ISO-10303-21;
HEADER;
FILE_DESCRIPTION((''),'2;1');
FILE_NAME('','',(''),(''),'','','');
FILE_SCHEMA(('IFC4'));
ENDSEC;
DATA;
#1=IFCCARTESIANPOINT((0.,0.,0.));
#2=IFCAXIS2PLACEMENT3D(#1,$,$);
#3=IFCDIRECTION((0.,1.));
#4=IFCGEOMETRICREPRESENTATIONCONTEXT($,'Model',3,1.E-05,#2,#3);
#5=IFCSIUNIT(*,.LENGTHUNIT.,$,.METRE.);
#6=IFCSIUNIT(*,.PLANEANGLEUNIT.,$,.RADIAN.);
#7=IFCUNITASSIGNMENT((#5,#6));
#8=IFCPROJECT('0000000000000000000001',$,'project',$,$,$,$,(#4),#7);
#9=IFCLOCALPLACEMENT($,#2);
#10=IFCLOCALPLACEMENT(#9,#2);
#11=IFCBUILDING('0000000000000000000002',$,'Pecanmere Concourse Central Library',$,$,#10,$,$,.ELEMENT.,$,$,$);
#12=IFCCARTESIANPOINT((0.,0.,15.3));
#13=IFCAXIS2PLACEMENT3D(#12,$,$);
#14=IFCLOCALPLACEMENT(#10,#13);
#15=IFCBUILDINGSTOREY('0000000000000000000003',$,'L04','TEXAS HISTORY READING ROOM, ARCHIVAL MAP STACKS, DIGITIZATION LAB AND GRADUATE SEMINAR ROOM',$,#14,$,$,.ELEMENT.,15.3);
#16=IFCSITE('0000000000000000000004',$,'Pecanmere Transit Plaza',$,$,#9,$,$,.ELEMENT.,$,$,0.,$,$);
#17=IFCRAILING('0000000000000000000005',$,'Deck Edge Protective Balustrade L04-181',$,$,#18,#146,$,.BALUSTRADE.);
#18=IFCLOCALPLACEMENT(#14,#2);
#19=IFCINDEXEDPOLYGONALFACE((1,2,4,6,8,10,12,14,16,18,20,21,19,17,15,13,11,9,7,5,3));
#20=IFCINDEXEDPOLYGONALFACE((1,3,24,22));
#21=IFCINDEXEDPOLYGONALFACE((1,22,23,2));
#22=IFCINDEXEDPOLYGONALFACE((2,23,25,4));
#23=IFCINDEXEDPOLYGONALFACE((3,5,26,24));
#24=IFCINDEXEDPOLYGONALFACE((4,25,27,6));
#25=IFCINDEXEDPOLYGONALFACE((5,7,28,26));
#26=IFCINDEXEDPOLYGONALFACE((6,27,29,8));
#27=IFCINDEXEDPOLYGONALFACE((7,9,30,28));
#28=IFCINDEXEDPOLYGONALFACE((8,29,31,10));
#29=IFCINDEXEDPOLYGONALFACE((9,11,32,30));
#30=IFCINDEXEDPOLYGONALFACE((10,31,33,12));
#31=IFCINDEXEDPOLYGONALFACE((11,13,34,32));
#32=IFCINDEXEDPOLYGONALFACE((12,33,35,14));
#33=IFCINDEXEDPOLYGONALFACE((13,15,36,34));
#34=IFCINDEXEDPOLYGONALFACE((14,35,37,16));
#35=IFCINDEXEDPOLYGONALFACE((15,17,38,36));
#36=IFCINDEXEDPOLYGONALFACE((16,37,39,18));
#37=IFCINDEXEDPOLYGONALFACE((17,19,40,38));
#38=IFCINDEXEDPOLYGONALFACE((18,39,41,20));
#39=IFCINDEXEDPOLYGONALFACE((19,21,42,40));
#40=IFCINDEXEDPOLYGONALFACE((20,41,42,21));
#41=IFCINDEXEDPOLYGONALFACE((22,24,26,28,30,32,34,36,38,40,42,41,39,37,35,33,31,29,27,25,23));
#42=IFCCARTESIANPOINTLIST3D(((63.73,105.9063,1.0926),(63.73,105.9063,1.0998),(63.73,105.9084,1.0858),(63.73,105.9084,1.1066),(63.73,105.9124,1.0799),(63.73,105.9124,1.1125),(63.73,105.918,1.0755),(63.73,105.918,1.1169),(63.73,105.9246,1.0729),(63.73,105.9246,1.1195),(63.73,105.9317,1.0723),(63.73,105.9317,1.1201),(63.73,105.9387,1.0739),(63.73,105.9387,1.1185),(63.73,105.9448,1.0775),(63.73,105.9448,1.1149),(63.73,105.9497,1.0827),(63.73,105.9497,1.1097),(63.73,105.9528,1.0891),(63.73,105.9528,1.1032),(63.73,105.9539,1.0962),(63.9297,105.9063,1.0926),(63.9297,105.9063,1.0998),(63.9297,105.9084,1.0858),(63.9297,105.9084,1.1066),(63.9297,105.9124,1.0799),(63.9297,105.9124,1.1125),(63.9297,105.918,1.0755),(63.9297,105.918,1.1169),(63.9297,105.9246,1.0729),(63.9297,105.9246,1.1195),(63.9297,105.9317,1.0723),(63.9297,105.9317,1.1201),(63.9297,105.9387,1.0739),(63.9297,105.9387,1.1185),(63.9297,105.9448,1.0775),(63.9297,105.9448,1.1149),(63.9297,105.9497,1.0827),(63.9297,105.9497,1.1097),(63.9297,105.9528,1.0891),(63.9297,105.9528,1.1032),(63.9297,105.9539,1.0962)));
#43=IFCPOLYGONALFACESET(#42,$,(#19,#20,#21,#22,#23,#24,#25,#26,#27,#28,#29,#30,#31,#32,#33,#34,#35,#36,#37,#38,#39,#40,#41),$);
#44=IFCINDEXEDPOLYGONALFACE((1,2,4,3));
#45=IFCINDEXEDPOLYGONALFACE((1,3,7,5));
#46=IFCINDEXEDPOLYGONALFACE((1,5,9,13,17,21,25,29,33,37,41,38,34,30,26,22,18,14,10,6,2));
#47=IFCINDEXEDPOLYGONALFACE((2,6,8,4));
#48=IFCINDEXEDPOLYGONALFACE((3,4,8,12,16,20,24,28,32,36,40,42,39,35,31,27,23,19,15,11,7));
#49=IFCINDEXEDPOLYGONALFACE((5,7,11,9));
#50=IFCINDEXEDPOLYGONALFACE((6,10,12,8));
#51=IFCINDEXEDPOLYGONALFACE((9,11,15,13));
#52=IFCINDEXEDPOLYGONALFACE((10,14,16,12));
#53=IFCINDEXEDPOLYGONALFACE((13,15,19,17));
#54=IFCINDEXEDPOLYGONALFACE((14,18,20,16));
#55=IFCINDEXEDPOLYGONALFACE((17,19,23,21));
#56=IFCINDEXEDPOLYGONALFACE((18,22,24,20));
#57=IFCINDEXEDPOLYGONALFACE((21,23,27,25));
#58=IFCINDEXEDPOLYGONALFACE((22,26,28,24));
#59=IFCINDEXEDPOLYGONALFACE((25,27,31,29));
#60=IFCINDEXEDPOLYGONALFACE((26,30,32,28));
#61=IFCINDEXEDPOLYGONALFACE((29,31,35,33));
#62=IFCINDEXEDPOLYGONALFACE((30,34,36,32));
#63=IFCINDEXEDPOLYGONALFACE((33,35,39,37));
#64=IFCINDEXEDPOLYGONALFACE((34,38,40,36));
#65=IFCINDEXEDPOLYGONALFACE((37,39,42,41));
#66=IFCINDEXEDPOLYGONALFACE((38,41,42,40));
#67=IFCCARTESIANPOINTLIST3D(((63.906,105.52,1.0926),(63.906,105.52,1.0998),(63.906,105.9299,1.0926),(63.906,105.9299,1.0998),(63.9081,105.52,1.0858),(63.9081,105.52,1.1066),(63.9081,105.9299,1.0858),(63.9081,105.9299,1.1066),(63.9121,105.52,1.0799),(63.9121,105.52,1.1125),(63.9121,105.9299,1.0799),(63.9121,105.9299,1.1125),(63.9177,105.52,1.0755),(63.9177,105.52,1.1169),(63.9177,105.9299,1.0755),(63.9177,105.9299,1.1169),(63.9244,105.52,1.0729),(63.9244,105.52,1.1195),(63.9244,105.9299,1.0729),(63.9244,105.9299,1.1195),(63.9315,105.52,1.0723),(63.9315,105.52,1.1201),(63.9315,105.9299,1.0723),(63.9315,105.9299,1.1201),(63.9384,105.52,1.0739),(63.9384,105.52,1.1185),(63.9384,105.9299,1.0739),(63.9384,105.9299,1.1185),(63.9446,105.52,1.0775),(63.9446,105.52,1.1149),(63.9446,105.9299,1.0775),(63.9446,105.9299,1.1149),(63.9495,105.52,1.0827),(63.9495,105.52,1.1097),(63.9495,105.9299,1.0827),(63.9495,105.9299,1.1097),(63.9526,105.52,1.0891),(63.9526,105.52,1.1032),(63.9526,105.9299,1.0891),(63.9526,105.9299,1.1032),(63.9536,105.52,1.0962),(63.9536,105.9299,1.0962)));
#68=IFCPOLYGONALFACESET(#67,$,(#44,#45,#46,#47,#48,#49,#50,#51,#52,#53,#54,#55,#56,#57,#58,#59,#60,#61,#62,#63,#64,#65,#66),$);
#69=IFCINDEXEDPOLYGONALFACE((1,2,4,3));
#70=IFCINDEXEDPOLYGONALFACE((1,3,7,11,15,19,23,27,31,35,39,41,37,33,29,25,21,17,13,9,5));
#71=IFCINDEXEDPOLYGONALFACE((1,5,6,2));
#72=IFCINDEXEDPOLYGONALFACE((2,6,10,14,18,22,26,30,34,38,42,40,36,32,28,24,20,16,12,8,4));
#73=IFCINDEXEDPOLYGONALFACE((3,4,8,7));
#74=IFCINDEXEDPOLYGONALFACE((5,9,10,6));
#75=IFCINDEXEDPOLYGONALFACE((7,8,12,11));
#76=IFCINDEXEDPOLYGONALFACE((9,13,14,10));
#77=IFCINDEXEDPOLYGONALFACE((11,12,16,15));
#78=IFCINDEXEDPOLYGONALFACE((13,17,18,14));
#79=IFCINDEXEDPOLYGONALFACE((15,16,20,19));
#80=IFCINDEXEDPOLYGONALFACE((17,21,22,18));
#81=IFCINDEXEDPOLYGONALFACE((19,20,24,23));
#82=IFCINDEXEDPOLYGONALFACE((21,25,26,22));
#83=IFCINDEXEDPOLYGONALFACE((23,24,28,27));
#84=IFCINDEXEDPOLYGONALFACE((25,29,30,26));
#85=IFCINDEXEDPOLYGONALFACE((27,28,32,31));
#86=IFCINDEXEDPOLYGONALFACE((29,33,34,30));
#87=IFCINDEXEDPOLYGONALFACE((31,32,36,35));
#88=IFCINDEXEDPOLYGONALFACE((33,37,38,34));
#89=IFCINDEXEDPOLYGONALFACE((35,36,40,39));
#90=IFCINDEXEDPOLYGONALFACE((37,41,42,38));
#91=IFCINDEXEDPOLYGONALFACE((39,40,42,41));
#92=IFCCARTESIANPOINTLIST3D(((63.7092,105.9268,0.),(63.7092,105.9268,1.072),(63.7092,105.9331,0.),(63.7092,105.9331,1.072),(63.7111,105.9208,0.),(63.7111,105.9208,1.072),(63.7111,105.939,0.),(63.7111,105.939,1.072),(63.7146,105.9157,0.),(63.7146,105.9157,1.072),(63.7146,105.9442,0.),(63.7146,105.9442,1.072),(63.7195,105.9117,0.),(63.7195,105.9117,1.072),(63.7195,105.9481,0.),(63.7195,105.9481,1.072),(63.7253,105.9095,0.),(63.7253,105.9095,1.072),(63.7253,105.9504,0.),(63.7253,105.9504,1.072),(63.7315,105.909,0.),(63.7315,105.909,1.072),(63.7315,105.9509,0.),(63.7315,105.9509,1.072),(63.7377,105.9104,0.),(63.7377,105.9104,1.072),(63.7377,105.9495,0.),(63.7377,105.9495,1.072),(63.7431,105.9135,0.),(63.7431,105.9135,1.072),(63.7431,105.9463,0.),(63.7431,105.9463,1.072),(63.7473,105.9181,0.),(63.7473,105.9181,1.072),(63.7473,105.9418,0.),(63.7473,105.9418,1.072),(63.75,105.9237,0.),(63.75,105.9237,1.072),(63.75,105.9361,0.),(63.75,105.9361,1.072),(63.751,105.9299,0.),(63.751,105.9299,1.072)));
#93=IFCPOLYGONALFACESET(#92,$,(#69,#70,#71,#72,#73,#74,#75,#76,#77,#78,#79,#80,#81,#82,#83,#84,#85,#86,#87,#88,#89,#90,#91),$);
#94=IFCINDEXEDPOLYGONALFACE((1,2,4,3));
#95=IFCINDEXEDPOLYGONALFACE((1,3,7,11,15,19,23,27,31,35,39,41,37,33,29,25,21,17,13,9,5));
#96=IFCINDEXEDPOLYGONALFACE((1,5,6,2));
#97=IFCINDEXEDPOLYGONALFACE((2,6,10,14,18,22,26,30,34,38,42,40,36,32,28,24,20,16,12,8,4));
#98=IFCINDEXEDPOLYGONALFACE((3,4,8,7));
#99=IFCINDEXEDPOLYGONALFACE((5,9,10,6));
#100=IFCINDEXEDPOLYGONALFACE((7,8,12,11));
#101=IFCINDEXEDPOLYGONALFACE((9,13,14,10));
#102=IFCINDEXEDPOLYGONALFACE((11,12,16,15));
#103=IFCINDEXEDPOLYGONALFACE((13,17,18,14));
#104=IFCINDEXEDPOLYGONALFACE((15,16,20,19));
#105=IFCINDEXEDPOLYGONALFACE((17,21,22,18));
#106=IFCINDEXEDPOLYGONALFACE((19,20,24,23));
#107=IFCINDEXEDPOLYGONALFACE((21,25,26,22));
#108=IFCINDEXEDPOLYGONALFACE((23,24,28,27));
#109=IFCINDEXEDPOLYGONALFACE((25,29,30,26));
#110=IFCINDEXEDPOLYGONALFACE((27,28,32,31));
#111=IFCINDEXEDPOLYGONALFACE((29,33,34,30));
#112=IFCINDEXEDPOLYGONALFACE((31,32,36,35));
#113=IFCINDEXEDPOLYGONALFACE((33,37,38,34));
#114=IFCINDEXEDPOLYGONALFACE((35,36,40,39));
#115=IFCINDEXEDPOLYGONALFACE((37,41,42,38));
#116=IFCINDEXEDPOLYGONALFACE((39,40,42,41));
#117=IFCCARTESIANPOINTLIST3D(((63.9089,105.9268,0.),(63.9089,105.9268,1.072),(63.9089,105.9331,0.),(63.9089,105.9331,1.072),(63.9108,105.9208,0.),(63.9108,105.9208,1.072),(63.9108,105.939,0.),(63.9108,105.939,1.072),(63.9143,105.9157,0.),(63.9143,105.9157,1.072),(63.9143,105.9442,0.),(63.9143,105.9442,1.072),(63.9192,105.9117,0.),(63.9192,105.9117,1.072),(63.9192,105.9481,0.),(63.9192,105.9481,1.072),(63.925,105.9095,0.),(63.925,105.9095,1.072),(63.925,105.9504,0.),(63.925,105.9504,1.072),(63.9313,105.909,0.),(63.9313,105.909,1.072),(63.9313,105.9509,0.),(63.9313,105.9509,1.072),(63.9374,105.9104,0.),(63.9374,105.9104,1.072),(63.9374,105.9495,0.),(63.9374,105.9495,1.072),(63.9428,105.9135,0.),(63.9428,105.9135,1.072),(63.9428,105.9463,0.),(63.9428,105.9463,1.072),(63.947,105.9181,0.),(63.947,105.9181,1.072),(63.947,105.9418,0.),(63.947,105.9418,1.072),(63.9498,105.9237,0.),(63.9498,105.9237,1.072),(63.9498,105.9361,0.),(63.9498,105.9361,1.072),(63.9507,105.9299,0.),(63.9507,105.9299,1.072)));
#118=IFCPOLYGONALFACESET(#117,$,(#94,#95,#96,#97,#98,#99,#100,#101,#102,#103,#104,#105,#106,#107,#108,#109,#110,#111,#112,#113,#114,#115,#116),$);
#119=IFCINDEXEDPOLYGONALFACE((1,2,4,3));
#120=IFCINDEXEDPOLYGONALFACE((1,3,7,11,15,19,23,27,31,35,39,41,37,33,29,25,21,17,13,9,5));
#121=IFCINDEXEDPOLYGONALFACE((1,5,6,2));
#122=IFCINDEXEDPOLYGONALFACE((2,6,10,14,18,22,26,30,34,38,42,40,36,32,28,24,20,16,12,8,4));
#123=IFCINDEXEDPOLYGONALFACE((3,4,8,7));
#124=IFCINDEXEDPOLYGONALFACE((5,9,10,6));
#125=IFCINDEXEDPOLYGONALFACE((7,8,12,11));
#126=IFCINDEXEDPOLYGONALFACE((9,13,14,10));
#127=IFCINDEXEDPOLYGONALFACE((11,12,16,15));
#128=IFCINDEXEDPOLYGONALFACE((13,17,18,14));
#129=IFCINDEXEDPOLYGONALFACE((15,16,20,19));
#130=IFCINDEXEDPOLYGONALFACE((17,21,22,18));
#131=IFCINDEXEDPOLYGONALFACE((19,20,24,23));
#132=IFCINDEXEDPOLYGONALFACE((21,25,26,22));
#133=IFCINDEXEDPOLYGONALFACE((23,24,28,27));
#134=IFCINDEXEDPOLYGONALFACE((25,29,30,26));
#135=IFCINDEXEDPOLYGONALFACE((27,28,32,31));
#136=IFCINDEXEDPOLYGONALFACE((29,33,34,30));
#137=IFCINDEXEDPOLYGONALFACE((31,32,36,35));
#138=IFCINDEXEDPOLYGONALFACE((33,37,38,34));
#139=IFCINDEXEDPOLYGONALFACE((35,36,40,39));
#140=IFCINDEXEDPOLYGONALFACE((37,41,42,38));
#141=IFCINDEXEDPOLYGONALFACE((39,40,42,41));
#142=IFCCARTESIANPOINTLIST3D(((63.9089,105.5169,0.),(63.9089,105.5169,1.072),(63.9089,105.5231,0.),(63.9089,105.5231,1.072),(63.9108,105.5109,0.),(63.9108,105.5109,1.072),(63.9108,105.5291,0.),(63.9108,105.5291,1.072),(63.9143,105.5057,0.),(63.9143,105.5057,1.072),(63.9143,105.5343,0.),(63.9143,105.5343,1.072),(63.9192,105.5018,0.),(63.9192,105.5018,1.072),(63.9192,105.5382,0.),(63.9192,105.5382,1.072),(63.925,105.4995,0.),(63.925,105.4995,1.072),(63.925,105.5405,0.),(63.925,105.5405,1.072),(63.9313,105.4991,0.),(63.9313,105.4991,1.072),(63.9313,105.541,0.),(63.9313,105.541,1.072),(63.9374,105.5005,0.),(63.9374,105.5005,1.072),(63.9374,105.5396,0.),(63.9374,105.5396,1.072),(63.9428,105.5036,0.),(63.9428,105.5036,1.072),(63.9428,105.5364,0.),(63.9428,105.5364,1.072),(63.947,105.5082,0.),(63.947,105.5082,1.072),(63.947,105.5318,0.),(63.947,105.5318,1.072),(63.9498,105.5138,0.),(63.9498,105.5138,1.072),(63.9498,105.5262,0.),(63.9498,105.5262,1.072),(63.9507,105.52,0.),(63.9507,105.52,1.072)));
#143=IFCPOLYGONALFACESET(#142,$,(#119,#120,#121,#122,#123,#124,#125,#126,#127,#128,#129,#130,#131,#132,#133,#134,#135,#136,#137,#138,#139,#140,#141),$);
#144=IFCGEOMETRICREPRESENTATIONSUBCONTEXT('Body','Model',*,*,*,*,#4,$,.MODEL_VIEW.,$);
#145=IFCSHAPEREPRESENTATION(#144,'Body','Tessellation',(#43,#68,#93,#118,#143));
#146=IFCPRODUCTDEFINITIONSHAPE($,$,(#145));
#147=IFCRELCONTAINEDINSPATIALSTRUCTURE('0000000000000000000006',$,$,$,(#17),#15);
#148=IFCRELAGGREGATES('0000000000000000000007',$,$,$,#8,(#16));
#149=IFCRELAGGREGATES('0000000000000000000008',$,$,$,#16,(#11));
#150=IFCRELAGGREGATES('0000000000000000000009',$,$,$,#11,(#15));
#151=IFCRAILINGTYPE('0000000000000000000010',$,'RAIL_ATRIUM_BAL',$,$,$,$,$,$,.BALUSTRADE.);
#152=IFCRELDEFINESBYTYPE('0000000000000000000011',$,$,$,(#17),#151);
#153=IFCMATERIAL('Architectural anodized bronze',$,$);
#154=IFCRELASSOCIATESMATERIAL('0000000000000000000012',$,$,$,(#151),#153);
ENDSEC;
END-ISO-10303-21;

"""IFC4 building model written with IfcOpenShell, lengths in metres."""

from ifc_helpers import new_model, si_unit, direction, frame, origin, origin_2d, place, context, subcontext, project, spatial, circle, extrude, material, type_object, element, save


model = new_model("IFC4")

# Units and contexts
model_context = context("Model", 3, precision=1e-05, world=origin(), true_north=direction((0.0, 1.0)))
body_context = subcontext(model_context, "Body", "Model", "MODEL_VIEW")
ifc_project = project(units=[si_unit("LENGTHUNIT", "METRE"), si_unit("PLANEANGLEUNIT", "RADIAN")], contexts=[model_context])

# Site, building, storey
site_placement = place(None, origin())
site = spatial("IfcSite", under=ifc_project, at=site_placement, Name="Pecanmere Transit Plaza", CompositionType="ELEMENT", RefElevation=0.0)
building_placement = place(site_placement, origin())
building = spatial("IfcBuilding", under=site, at=building_placement, Name="Pecanmere Concourse Central Library", CompositionType="ELEMENT")
storey_placement = place(building_placement, frame((0.0, 0.0, 15.3)))
storey = spatial("IfcBuildingStorey", under=building, at=storey_placement, Name="L04", Description="TEXAS HISTORY READING ROOM, ARCHIVAL MAP STACKS, DIGITIZATION LAB AND GRADUATE SEMINAR ROOM", CompositionType="ELEMENT", Elevation=15.3)

# Railing
ifc_material_1 = material(Name="Architectural anodized bronze")
railing_type = type_object("IfcRailingType", Name="RAIL_ATRIUM_BAL", PredefinedType="BALUSTRADE", material=ifc_material_1)
railing_placement = place(storey_placement, frame((63.73, 105.9299, 0.0)))
element("IfcRailing", 1, at=railing_placement, inside=storey, type_object=railing_type, Name="Deck Edge Protective Balustrade L04-181", PredefinedType="BALUSTRADE", context=body_context, shape_type="SweptSolid", body=[
    extrude(circle(Radius=0.0239, at=origin_2d()), frame((0.0, 0.0, 1.0962), z_axis=(1.0, 0.0, 0.0), x_axis=(0.0, 1.0, 0.0)), (0.0, 0.0, 1.0), 0.1997),
    extrude(circle(Radius=0.0239, at=origin_2d()), frame((0.1997, 0.0, 1.0962), z_axis=(0.0, -1.0, 0.0), x_axis=(1.0, 0.0, 0.0)), (0.0, 0.0, 1.0), 0.4099),
    extrude(circle(Radius=0.021, at=origin_2d()), origin(), (0.0, 0.0, 1.0), 1.072),
    extrude(circle(Radius=0.021, at=origin_2d()), frame((0.1997, 0.0, 0.0)), (0.0, 0.0, 1.0), 1.072),
    extrude(circle(Radius=0.021, at=origin_2d()), frame((0.1997, -0.4099, 0.0)), (0.0, 0.0, 1.0), 1.072),
])

save(model, "model.ifc")
